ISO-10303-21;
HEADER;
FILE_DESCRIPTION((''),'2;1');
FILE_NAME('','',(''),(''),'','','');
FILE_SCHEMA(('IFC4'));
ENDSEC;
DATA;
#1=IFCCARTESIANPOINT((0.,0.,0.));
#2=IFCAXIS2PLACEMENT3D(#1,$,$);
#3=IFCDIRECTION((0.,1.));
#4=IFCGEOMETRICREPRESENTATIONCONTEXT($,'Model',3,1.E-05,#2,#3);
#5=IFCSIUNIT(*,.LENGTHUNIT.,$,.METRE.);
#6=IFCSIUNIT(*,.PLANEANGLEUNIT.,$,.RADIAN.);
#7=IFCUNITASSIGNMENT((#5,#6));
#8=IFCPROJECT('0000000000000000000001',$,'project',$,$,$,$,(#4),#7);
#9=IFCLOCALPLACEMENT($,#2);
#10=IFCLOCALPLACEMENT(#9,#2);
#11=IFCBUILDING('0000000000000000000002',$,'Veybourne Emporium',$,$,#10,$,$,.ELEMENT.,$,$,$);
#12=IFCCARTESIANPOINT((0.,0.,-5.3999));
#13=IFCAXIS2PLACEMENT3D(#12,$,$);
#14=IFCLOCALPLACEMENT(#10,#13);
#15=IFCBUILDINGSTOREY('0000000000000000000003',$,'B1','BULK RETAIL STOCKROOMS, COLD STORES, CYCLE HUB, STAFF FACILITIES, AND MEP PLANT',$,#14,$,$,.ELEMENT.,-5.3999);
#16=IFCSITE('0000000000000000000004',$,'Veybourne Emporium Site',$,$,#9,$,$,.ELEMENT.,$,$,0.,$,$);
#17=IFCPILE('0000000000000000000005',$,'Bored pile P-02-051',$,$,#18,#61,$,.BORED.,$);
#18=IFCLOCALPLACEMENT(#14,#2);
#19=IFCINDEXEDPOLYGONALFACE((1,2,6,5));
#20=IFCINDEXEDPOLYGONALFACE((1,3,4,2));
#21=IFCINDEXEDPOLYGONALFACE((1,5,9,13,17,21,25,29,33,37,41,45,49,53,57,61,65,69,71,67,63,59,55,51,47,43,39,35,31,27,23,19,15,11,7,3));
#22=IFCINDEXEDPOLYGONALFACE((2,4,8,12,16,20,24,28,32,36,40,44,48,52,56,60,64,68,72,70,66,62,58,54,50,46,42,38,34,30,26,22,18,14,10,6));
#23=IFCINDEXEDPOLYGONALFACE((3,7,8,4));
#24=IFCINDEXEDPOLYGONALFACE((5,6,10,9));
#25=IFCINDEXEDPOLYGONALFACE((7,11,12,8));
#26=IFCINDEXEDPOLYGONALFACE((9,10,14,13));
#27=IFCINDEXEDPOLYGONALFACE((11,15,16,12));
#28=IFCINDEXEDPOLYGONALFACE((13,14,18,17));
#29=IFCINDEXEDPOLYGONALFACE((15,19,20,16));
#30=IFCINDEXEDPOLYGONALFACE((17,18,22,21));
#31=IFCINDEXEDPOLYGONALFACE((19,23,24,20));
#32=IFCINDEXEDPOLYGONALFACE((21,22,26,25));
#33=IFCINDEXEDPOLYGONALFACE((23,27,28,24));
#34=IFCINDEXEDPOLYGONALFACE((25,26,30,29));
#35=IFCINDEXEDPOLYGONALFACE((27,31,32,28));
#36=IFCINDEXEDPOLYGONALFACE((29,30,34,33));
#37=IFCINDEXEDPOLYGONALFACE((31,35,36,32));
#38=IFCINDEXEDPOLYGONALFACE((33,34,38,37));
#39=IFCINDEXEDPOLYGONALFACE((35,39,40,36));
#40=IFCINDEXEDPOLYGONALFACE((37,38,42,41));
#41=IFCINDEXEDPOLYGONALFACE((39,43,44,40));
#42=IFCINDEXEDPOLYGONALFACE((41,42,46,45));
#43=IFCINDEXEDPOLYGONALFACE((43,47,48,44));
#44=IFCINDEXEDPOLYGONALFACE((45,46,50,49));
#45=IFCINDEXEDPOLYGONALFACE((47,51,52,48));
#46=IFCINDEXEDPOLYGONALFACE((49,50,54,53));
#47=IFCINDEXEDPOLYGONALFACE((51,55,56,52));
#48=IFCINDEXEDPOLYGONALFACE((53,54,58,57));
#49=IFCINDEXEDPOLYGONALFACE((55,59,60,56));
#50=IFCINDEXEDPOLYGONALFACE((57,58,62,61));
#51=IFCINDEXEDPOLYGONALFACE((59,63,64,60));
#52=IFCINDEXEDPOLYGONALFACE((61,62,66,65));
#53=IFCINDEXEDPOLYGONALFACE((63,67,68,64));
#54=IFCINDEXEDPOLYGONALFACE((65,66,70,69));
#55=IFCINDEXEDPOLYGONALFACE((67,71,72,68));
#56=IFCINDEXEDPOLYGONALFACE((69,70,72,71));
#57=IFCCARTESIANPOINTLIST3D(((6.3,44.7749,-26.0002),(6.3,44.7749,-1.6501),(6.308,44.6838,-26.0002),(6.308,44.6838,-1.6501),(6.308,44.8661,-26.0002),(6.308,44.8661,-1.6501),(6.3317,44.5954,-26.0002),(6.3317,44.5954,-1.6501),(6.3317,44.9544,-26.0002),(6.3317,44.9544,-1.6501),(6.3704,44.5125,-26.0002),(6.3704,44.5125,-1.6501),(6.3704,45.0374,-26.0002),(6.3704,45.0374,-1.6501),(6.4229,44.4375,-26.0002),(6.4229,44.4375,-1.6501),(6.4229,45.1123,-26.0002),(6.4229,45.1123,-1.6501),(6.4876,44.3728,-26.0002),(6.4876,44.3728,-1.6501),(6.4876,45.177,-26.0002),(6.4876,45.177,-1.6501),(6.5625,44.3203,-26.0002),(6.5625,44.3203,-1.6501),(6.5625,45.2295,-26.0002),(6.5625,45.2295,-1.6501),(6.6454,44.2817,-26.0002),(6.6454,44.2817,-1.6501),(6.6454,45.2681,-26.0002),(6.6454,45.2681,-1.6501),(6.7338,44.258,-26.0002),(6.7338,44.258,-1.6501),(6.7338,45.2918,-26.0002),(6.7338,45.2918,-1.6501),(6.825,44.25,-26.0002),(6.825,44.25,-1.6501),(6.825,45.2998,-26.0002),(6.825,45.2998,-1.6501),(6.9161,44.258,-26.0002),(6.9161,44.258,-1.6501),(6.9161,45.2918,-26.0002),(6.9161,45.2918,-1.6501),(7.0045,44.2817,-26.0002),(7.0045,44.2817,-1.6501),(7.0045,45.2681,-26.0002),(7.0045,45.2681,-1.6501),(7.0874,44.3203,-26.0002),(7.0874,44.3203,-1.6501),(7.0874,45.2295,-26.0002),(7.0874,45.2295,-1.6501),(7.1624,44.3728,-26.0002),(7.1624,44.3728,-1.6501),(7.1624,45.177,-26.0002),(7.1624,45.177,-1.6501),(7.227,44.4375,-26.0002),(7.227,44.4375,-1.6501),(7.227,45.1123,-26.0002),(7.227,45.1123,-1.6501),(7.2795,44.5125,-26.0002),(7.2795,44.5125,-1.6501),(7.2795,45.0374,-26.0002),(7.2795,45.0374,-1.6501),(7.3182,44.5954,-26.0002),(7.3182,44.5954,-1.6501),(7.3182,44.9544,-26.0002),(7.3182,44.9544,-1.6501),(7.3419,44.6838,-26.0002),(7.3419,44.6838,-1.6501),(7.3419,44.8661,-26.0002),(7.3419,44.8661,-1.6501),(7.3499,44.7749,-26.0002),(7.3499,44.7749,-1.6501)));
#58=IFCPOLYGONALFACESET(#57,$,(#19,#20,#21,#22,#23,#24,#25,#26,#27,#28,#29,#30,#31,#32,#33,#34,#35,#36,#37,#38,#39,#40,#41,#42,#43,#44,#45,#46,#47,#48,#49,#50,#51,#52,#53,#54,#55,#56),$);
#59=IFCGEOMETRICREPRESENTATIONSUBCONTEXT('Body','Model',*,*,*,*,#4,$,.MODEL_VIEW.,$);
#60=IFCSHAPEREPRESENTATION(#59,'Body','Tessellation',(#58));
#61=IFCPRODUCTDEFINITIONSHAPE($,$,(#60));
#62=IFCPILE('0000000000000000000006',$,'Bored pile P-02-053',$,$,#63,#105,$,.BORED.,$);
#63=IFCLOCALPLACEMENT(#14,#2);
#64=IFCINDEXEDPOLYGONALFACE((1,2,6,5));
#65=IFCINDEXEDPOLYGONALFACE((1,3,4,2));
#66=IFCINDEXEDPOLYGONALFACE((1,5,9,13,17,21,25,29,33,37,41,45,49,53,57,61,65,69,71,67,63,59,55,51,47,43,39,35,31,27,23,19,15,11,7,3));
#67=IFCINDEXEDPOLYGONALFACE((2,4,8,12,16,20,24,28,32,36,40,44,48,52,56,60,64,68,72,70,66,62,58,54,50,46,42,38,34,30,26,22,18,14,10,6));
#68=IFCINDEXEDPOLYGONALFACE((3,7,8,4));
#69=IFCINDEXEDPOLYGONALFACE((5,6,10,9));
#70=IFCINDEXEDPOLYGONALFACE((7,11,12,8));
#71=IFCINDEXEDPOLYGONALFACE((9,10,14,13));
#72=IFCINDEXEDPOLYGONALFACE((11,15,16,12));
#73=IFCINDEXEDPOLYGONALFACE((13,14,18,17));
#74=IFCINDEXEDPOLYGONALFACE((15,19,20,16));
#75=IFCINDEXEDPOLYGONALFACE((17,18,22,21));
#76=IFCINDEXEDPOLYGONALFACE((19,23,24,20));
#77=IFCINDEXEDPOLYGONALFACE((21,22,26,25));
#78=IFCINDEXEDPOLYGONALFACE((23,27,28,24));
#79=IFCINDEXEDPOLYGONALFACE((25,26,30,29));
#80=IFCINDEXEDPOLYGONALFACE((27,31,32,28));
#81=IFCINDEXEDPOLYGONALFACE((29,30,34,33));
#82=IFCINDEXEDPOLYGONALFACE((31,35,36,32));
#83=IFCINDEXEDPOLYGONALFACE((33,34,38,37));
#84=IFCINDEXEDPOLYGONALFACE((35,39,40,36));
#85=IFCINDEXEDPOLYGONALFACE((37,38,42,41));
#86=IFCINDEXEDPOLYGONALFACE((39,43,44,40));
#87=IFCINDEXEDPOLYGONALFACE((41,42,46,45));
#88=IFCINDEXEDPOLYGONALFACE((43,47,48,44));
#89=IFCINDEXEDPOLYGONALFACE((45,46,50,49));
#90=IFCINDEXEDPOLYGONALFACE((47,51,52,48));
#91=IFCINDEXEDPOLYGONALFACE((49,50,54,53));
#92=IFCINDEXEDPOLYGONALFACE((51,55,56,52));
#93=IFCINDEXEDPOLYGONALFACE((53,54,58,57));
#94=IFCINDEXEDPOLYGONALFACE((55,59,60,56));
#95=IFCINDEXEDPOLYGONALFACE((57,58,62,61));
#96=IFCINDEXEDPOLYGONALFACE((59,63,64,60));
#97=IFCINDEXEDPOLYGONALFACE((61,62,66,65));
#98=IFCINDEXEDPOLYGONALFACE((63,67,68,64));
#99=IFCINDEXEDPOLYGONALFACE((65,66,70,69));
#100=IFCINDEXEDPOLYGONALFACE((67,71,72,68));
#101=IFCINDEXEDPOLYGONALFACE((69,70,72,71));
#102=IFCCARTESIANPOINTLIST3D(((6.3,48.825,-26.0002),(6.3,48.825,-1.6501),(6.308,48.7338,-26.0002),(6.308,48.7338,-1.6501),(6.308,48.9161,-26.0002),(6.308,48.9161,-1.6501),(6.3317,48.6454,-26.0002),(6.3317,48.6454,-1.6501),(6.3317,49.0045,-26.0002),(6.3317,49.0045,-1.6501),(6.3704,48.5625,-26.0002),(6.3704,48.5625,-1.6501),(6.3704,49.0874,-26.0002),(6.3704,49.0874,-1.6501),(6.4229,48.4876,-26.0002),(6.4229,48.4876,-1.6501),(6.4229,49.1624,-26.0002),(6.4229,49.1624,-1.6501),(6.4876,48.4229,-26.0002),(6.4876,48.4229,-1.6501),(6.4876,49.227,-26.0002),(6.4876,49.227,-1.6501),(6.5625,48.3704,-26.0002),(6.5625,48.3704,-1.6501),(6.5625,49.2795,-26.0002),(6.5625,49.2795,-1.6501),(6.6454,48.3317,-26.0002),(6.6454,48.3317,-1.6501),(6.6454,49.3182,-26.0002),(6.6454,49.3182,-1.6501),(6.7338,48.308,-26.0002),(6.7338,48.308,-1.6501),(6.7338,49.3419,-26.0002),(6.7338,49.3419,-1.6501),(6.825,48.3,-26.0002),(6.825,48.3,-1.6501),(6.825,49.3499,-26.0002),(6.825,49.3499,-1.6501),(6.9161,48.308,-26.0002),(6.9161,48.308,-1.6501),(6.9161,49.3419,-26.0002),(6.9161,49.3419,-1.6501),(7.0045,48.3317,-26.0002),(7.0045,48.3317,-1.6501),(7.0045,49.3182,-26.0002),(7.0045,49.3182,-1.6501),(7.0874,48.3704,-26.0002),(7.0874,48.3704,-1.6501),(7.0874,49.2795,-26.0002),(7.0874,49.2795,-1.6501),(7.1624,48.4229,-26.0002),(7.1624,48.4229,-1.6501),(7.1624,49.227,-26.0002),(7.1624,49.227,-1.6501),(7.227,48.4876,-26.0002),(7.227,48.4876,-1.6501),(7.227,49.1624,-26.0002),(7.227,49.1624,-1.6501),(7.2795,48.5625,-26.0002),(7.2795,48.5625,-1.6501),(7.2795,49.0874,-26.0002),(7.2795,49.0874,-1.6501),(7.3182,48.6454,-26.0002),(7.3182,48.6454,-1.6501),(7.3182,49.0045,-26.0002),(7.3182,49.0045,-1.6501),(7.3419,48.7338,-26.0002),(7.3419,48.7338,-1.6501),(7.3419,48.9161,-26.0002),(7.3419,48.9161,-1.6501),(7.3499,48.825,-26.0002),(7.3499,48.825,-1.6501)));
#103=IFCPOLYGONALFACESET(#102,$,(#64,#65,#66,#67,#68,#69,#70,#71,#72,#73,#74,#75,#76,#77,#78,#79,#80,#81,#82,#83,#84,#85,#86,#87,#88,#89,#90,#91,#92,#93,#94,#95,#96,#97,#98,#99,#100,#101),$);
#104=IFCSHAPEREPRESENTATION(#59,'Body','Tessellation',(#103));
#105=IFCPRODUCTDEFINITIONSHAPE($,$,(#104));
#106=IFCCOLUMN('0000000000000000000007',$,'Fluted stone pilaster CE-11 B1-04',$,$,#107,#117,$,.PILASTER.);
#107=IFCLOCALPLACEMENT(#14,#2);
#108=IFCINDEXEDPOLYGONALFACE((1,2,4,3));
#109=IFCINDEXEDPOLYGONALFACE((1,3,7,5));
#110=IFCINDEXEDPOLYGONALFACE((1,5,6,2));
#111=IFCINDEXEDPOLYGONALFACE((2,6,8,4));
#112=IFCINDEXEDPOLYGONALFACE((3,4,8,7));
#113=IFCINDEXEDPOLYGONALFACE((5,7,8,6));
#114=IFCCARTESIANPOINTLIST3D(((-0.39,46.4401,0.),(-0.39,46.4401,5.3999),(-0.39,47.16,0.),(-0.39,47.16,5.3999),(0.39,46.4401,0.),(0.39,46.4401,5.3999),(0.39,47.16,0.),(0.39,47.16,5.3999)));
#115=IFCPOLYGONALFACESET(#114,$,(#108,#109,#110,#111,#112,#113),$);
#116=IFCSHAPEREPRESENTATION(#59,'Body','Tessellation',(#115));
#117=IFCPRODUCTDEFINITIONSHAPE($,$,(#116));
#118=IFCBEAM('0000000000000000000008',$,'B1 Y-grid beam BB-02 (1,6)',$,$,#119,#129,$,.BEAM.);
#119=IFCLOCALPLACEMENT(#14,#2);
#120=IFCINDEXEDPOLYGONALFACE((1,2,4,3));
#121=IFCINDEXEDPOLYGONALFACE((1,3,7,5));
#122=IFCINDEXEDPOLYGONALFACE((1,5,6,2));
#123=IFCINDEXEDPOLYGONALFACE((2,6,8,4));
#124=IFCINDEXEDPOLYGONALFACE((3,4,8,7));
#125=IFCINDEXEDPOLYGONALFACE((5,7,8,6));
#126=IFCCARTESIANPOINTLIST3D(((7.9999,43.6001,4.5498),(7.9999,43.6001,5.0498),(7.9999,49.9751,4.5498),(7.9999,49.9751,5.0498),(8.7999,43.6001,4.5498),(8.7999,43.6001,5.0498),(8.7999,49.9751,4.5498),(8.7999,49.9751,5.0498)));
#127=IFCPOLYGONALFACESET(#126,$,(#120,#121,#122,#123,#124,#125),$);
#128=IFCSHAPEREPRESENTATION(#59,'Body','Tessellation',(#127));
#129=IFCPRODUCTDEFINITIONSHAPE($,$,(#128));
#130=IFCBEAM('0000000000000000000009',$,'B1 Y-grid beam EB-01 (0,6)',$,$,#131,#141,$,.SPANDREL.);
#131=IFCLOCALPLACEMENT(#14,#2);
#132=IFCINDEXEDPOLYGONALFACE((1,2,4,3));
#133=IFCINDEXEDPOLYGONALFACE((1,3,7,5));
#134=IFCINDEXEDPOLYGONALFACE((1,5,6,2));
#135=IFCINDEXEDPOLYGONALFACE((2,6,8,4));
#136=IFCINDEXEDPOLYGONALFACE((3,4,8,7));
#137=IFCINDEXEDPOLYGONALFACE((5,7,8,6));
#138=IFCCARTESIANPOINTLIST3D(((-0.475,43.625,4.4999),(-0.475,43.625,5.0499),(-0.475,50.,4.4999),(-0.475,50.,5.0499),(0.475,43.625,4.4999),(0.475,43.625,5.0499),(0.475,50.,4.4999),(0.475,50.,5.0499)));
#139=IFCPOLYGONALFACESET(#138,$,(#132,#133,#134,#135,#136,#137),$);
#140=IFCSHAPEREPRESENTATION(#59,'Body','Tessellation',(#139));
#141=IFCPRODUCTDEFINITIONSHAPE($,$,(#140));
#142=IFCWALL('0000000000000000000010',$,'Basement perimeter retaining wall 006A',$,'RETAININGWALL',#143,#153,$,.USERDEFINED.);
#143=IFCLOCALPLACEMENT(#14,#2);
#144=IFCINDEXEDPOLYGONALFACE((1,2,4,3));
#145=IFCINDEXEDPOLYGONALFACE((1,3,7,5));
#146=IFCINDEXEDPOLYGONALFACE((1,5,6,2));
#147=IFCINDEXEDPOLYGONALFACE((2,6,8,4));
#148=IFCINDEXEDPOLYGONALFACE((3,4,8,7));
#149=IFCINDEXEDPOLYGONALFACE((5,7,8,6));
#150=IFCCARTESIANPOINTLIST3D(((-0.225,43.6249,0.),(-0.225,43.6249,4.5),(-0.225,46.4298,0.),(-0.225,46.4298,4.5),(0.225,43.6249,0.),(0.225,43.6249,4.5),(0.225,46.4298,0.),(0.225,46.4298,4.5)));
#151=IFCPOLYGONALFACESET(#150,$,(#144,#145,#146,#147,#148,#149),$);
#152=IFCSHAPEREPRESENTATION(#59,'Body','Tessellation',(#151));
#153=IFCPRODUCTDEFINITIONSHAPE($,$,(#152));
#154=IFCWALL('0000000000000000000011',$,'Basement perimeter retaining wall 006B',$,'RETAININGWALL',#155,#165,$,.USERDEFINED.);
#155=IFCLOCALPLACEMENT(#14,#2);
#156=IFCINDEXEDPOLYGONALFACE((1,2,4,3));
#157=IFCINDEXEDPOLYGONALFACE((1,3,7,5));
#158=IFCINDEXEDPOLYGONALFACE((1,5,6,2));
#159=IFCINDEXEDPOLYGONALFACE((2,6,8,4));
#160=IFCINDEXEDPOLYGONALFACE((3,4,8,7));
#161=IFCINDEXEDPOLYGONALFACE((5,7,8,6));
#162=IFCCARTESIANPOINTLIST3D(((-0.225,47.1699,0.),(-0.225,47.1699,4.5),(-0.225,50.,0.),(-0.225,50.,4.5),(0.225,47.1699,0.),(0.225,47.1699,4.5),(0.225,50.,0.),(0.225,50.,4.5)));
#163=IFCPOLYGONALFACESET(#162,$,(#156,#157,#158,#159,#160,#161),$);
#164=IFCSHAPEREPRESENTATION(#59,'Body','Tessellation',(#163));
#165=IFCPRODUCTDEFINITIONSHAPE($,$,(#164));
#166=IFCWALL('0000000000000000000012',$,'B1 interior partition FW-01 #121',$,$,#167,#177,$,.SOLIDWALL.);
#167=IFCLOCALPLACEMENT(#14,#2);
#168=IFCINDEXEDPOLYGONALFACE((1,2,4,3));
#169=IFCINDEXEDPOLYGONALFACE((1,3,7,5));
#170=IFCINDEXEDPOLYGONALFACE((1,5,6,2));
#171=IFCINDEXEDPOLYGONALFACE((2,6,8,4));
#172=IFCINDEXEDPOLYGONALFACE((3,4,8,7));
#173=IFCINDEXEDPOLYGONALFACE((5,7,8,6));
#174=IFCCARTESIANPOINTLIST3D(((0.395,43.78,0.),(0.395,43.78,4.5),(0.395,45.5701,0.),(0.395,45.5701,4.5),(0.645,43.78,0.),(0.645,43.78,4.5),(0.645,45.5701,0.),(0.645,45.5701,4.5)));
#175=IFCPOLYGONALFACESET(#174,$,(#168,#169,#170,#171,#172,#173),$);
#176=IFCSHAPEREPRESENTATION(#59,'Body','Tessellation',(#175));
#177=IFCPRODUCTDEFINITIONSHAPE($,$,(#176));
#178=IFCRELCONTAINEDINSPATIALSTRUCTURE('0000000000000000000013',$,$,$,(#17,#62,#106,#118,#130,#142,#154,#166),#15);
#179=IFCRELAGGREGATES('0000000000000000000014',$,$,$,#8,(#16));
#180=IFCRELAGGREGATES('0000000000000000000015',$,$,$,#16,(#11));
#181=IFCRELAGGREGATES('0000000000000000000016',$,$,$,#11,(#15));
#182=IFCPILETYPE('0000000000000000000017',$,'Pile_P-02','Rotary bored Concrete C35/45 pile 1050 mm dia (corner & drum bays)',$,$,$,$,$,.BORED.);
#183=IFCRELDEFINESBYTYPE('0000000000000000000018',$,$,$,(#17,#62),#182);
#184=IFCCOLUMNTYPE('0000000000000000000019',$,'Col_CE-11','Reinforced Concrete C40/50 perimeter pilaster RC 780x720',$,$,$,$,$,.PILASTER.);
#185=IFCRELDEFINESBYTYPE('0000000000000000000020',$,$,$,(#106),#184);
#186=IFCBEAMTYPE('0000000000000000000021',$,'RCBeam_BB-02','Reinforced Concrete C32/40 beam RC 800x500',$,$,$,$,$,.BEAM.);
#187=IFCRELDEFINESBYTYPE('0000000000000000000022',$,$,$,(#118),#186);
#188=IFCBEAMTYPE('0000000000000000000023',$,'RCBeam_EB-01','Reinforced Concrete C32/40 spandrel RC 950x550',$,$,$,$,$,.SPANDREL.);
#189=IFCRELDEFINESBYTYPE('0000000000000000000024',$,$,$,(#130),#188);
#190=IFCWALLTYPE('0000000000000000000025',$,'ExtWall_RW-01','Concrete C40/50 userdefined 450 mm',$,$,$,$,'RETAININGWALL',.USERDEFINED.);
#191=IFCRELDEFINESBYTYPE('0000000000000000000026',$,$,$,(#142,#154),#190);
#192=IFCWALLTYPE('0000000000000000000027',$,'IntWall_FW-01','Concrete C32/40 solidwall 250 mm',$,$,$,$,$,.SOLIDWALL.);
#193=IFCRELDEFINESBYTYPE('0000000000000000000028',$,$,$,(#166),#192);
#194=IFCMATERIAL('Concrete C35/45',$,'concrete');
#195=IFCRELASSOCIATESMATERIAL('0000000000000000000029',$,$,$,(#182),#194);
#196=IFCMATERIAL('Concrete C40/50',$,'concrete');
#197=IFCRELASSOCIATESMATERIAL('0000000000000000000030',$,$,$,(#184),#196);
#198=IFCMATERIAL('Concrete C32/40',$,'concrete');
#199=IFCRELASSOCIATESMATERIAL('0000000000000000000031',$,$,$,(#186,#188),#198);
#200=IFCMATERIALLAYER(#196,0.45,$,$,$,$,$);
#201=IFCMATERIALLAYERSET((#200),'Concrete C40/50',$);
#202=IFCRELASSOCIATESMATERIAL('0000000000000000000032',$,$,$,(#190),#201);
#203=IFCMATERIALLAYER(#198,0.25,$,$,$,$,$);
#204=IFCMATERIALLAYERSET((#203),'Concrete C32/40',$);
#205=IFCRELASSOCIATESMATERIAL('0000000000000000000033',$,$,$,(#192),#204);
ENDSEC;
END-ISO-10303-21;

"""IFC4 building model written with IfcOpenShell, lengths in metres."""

from ifc_helpers import new_model, si_unit, direction, frame, frame_2d, origin, origin_2d, place, context, subcontext, project, spatial, rectangle, circle, extrude, material, layer, layer_set, material_profile, profile_set, type_object, element, save


model = new_model("IFC4")

# Units and contexts
model_context = context("Model", 3, precision=1e-05, world=origin(), true_north=direction((0.0, 1.0)))
body_context = subcontext(model_context, "Body", "Model", "MODEL_VIEW")
ifc_project = project(units=[si_unit("LENGTHUNIT", "METRE"), si_unit("PLANEANGLEUNIT", "RADIAN")], contexts=[model_context])

# Site, building, storey
site_placement = place(None, origin())
site = spatial("IfcSite", under=ifc_project, at=site_placement, Name="Veybourne Emporium Site", CompositionType="ELEMENT", RefElevation=0.0)
building_placement = place(site_placement, origin())
building = spatial("IfcBuilding", under=site, at=building_placement, Name="Veybourne Emporium", CompositionType="ELEMENT")
storey_placement = place(building_placement, frame((0.0, 0.0, -5.3999)))
storey = spatial("IfcBuildingStorey", under=building, at=storey_placement, Name="B1", Description="BULK RETAIL STOCKROOMS, COLD STORES, CYCLE HUB, STAFF FACILITIES, AND MEP PLANT", CompositionType="ELEMENT", Elevation=-5.3999)

# Shared definitions
ifc_material_1 = material(Name="Concrete C35/45", Category="concrete")

# Piles
ifc_material_profile_1 = material_profile(ifc_material_1, circle(Radius=0.5249, at=origin_2d()), Name="BORED PILE 1050")
ifc_profile_set_1 = profile_set([ifc_material_profile_1], Name="Concrete C35/45")
pile_type = type_object("IfcPileType", Name="Pile_P-02", Description="Rotary bored Concrete C35/45 pile 1050 mm dia (corner & drum bays)", PredefinedType="BORED", material=ifc_profile_set_1)
for number, where, z_axis, x_axis, name in (
    (1, (6.825, 44.7749, -1.6501), (0.0, 0.0, -1.0), (1.0, 0.0, 0.0), "Bored pile P-02-051"),
    (2, (6.825, 48.825, -1.6501), (0.0, 0.0, -1.0), (1.0, 0.0, 0.0), "Bored pile P-02-053"),
):
    element("IfcPile", number, at=place(storey_placement, frame(where, z_axis=z_axis, x_axis=x_axis)), inside=storey, type_object=pile_type, Name=name, PredefinedType="BORED", context=body_context, shape_type="SweptSolid", body=[
        extrude(circle(Radius=0.5249, at=origin_2d()), origin(), (0.0, 0.0, 1.0), 24.3501),
    ])

# Column
ifc_material_2 = material(Name="Concrete C40/50", Category="concrete")
ifc_material_profile_2 = material_profile(ifc_material_2, rectangle(XDim=0.78, YDim=0.72, at=origin_2d()), Name="RC 780x720")
ifc_profile_set_2 = profile_set([ifc_material_profile_2], Name="Concrete C40/50")
column_type = type_object("IfcColumnType", Name="Col_CE-11", Description="Reinforced Concrete C40/50 perimeter pilaster RC 780x720", PredefinedType="PILASTER", material=ifc_profile_set_2)
column_placement = place(storey_placement, frame((0.0, 46.8, 0.0), z_axis=(0.0, 0.0, 1.0), x_axis=(1.0, 0.0, 0.0)))
element("IfcColumn", 3, at=column_placement, inside=storey, type_object=column_type, Name="Fluted stone pilaster CE-11 B1-04", PredefinedType="PILASTER", context=body_context, shape_type="SweptSolid", body=[
    extrude(rectangle(XDim=0.78, YDim=0.72, at=origin_2d()), origin(), (0.0, 0.0, 1.0), 5.3999),
])

# Beams
ifc_material_3 = material(Name="Concrete C32/40", Category="concrete")
ifc_material_profile_3 = material_profile(ifc_material_3, rectangle(XDim=0.8, YDim=0.5, at=origin_2d()), Name="RC 800x500")
ifc_profile_set_3 = profile_set([ifc_material_profile_3], Name="Concrete C32/40")
beam_type_1 = type_object("IfcBeamType", Name="RCBeam_BB-02", Description="Reinforced Concrete C32/40 beam RC 800x500", PredefinedType="BEAM", material=ifc_profile_set_3)
beam_1_placement = place(storey_placement, frame((8.3999, 43.6001, 4.7998), z_axis=(0.0, 1.0, 0.0), x_axis=(-1.0, 0.0, 0.0)))
element("IfcBeam", 4, at=beam_1_placement, inside=storey, type_object=beam_type_1, Name="B1 Y-grid beam BB-02 (1,6)", PredefinedType="BEAM", context=body_context, shape_type="SweptSolid", body=[
    extrude(rectangle(XDim=0.8, YDim=0.5, at=origin_2d()), origin(), (0.0, 0.0, 1.0), 6.375),
])
ifc_material_profile_4 = material_profile(ifc_material_3, rectangle(XDim=0.95, YDim=0.55, at=origin_2d()), Name="RC 950x550")
ifc_profile_set_4 = profile_set([ifc_material_profile_4], Name="Concrete C32/40")
beam_type_2 = type_object("IfcBeamType", Name="RCBeam_EB-01", Description="Reinforced Concrete C32/40 spandrel RC 950x550", PredefinedType="SPANDREL", material=ifc_profile_set_4)
beam_2_placement = place(storey_placement, frame((0.0, 43.625, 4.7749), z_axis=(0.0, 1.0, 0.0), x_axis=(-1.0, 0.0, 0.0)))
element("IfcBeam", 5, at=beam_2_placement, inside=storey, type_object=beam_type_2, Name="B1 Y-grid beam EB-01 (0,6)", PredefinedType="SPANDREL", context=body_context, shape_type="SweptSolid", body=[
    extrude(rectangle(XDim=0.95, YDim=0.55, at=origin_2d()), origin(), (0.0, 0.0, 1.0), 6.375),
])

# Walls
ifc_layer_1 = layer(ifc_material_2, 0.45)
ifc_layer_set_1 = layer_set([ifc_layer_1], Name="Concrete C40/50")
wall_type_1 = type_object("IfcWallType", Name="ExtWall_RW-01", Description="Concrete C40/50 userdefined 450 mm", ElementType="RETAININGWALL", PredefinedType="USERDEFINED", material=ifc_layer_set_1)
wall_1_placement = place(storey_placement, frame((0.0, 43.625, 0.0), z_axis=(0.0, 0.0, 1.0), x_axis=(0.0, 1.0, 0.0)))
element("IfcWall", 6, at=wall_1_placement, inside=storey, type_object=wall_type_1, Name="Basement perimeter retaining wall 006A", ObjectType="RETAININGWALL", PredefinedType="USERDEFINED", context=body_context, shape_type="SweptSolid", body=[
    extrude(rectangle(XDim=2.8049, YDim=0.45, at=frame_2d((1.4023, 0.0))), origin(), (0.0, 0.0, 1.0), 4.5),
])
wall_2_placement = place(storey_placement, frame((0.0, 47.1699, 0.0), z_axis=(0.0, 0.0, 1.0), x_axis=(0.0, 1.0, 0.0)))
element("IfcWall", 7, at=wall_2_placement, inside=storey, type_object=wall_type_1, Name="Basement perimeter retaining wall 006B", ObjectType="RETAININGWALL", PredefinedType="USERDEFINED", context=body_context, shape_type="SweptSolid", body=[
    extrude(rectangle(XDim=2.8301, YDim=0.45, at=frame_2d((1.415, 0.0))), origin(), (0.0, 0.0, 1.0), 4.5),
])

# Shared definitions
ifc_layer_2 = layer(ifc_material_3, 0.25)
ifc_layer_set_2 = layer_set([ifc_layer_2], Name="Concrete C32/40")
wall_type_2 = type_object("IfcWallType", Name="IntWall_FW-01", Description="Concrete C32/40 solidwall 250 mm", PredefinedType="SOLIDWALL", material=ifc_layer_set_2)

# Wall
wall_3_placement = place(storey_placement, frame((0.52, 43.78, 0.0), z_axis=(0.0, 0.0, 1.0), x_axis=(0.0, 1.0, 0.0)))
element("IfcWall", 8, at=wall_3_placement, inside=storey, type_object=wall_type_2, Name="B1 interior partition FW-01 #121", PredefinedType="SOLIDWALL", context=body_context, shape_type="SweptSolid", body=[
    extrude(rectangle(XDim=1.79, YDim=0.25, at=frame_2d((0.895, 0.0))), origin(), (0.0, 0.0, 1.0), 4.5),
])

save(model, "model.ifc")
